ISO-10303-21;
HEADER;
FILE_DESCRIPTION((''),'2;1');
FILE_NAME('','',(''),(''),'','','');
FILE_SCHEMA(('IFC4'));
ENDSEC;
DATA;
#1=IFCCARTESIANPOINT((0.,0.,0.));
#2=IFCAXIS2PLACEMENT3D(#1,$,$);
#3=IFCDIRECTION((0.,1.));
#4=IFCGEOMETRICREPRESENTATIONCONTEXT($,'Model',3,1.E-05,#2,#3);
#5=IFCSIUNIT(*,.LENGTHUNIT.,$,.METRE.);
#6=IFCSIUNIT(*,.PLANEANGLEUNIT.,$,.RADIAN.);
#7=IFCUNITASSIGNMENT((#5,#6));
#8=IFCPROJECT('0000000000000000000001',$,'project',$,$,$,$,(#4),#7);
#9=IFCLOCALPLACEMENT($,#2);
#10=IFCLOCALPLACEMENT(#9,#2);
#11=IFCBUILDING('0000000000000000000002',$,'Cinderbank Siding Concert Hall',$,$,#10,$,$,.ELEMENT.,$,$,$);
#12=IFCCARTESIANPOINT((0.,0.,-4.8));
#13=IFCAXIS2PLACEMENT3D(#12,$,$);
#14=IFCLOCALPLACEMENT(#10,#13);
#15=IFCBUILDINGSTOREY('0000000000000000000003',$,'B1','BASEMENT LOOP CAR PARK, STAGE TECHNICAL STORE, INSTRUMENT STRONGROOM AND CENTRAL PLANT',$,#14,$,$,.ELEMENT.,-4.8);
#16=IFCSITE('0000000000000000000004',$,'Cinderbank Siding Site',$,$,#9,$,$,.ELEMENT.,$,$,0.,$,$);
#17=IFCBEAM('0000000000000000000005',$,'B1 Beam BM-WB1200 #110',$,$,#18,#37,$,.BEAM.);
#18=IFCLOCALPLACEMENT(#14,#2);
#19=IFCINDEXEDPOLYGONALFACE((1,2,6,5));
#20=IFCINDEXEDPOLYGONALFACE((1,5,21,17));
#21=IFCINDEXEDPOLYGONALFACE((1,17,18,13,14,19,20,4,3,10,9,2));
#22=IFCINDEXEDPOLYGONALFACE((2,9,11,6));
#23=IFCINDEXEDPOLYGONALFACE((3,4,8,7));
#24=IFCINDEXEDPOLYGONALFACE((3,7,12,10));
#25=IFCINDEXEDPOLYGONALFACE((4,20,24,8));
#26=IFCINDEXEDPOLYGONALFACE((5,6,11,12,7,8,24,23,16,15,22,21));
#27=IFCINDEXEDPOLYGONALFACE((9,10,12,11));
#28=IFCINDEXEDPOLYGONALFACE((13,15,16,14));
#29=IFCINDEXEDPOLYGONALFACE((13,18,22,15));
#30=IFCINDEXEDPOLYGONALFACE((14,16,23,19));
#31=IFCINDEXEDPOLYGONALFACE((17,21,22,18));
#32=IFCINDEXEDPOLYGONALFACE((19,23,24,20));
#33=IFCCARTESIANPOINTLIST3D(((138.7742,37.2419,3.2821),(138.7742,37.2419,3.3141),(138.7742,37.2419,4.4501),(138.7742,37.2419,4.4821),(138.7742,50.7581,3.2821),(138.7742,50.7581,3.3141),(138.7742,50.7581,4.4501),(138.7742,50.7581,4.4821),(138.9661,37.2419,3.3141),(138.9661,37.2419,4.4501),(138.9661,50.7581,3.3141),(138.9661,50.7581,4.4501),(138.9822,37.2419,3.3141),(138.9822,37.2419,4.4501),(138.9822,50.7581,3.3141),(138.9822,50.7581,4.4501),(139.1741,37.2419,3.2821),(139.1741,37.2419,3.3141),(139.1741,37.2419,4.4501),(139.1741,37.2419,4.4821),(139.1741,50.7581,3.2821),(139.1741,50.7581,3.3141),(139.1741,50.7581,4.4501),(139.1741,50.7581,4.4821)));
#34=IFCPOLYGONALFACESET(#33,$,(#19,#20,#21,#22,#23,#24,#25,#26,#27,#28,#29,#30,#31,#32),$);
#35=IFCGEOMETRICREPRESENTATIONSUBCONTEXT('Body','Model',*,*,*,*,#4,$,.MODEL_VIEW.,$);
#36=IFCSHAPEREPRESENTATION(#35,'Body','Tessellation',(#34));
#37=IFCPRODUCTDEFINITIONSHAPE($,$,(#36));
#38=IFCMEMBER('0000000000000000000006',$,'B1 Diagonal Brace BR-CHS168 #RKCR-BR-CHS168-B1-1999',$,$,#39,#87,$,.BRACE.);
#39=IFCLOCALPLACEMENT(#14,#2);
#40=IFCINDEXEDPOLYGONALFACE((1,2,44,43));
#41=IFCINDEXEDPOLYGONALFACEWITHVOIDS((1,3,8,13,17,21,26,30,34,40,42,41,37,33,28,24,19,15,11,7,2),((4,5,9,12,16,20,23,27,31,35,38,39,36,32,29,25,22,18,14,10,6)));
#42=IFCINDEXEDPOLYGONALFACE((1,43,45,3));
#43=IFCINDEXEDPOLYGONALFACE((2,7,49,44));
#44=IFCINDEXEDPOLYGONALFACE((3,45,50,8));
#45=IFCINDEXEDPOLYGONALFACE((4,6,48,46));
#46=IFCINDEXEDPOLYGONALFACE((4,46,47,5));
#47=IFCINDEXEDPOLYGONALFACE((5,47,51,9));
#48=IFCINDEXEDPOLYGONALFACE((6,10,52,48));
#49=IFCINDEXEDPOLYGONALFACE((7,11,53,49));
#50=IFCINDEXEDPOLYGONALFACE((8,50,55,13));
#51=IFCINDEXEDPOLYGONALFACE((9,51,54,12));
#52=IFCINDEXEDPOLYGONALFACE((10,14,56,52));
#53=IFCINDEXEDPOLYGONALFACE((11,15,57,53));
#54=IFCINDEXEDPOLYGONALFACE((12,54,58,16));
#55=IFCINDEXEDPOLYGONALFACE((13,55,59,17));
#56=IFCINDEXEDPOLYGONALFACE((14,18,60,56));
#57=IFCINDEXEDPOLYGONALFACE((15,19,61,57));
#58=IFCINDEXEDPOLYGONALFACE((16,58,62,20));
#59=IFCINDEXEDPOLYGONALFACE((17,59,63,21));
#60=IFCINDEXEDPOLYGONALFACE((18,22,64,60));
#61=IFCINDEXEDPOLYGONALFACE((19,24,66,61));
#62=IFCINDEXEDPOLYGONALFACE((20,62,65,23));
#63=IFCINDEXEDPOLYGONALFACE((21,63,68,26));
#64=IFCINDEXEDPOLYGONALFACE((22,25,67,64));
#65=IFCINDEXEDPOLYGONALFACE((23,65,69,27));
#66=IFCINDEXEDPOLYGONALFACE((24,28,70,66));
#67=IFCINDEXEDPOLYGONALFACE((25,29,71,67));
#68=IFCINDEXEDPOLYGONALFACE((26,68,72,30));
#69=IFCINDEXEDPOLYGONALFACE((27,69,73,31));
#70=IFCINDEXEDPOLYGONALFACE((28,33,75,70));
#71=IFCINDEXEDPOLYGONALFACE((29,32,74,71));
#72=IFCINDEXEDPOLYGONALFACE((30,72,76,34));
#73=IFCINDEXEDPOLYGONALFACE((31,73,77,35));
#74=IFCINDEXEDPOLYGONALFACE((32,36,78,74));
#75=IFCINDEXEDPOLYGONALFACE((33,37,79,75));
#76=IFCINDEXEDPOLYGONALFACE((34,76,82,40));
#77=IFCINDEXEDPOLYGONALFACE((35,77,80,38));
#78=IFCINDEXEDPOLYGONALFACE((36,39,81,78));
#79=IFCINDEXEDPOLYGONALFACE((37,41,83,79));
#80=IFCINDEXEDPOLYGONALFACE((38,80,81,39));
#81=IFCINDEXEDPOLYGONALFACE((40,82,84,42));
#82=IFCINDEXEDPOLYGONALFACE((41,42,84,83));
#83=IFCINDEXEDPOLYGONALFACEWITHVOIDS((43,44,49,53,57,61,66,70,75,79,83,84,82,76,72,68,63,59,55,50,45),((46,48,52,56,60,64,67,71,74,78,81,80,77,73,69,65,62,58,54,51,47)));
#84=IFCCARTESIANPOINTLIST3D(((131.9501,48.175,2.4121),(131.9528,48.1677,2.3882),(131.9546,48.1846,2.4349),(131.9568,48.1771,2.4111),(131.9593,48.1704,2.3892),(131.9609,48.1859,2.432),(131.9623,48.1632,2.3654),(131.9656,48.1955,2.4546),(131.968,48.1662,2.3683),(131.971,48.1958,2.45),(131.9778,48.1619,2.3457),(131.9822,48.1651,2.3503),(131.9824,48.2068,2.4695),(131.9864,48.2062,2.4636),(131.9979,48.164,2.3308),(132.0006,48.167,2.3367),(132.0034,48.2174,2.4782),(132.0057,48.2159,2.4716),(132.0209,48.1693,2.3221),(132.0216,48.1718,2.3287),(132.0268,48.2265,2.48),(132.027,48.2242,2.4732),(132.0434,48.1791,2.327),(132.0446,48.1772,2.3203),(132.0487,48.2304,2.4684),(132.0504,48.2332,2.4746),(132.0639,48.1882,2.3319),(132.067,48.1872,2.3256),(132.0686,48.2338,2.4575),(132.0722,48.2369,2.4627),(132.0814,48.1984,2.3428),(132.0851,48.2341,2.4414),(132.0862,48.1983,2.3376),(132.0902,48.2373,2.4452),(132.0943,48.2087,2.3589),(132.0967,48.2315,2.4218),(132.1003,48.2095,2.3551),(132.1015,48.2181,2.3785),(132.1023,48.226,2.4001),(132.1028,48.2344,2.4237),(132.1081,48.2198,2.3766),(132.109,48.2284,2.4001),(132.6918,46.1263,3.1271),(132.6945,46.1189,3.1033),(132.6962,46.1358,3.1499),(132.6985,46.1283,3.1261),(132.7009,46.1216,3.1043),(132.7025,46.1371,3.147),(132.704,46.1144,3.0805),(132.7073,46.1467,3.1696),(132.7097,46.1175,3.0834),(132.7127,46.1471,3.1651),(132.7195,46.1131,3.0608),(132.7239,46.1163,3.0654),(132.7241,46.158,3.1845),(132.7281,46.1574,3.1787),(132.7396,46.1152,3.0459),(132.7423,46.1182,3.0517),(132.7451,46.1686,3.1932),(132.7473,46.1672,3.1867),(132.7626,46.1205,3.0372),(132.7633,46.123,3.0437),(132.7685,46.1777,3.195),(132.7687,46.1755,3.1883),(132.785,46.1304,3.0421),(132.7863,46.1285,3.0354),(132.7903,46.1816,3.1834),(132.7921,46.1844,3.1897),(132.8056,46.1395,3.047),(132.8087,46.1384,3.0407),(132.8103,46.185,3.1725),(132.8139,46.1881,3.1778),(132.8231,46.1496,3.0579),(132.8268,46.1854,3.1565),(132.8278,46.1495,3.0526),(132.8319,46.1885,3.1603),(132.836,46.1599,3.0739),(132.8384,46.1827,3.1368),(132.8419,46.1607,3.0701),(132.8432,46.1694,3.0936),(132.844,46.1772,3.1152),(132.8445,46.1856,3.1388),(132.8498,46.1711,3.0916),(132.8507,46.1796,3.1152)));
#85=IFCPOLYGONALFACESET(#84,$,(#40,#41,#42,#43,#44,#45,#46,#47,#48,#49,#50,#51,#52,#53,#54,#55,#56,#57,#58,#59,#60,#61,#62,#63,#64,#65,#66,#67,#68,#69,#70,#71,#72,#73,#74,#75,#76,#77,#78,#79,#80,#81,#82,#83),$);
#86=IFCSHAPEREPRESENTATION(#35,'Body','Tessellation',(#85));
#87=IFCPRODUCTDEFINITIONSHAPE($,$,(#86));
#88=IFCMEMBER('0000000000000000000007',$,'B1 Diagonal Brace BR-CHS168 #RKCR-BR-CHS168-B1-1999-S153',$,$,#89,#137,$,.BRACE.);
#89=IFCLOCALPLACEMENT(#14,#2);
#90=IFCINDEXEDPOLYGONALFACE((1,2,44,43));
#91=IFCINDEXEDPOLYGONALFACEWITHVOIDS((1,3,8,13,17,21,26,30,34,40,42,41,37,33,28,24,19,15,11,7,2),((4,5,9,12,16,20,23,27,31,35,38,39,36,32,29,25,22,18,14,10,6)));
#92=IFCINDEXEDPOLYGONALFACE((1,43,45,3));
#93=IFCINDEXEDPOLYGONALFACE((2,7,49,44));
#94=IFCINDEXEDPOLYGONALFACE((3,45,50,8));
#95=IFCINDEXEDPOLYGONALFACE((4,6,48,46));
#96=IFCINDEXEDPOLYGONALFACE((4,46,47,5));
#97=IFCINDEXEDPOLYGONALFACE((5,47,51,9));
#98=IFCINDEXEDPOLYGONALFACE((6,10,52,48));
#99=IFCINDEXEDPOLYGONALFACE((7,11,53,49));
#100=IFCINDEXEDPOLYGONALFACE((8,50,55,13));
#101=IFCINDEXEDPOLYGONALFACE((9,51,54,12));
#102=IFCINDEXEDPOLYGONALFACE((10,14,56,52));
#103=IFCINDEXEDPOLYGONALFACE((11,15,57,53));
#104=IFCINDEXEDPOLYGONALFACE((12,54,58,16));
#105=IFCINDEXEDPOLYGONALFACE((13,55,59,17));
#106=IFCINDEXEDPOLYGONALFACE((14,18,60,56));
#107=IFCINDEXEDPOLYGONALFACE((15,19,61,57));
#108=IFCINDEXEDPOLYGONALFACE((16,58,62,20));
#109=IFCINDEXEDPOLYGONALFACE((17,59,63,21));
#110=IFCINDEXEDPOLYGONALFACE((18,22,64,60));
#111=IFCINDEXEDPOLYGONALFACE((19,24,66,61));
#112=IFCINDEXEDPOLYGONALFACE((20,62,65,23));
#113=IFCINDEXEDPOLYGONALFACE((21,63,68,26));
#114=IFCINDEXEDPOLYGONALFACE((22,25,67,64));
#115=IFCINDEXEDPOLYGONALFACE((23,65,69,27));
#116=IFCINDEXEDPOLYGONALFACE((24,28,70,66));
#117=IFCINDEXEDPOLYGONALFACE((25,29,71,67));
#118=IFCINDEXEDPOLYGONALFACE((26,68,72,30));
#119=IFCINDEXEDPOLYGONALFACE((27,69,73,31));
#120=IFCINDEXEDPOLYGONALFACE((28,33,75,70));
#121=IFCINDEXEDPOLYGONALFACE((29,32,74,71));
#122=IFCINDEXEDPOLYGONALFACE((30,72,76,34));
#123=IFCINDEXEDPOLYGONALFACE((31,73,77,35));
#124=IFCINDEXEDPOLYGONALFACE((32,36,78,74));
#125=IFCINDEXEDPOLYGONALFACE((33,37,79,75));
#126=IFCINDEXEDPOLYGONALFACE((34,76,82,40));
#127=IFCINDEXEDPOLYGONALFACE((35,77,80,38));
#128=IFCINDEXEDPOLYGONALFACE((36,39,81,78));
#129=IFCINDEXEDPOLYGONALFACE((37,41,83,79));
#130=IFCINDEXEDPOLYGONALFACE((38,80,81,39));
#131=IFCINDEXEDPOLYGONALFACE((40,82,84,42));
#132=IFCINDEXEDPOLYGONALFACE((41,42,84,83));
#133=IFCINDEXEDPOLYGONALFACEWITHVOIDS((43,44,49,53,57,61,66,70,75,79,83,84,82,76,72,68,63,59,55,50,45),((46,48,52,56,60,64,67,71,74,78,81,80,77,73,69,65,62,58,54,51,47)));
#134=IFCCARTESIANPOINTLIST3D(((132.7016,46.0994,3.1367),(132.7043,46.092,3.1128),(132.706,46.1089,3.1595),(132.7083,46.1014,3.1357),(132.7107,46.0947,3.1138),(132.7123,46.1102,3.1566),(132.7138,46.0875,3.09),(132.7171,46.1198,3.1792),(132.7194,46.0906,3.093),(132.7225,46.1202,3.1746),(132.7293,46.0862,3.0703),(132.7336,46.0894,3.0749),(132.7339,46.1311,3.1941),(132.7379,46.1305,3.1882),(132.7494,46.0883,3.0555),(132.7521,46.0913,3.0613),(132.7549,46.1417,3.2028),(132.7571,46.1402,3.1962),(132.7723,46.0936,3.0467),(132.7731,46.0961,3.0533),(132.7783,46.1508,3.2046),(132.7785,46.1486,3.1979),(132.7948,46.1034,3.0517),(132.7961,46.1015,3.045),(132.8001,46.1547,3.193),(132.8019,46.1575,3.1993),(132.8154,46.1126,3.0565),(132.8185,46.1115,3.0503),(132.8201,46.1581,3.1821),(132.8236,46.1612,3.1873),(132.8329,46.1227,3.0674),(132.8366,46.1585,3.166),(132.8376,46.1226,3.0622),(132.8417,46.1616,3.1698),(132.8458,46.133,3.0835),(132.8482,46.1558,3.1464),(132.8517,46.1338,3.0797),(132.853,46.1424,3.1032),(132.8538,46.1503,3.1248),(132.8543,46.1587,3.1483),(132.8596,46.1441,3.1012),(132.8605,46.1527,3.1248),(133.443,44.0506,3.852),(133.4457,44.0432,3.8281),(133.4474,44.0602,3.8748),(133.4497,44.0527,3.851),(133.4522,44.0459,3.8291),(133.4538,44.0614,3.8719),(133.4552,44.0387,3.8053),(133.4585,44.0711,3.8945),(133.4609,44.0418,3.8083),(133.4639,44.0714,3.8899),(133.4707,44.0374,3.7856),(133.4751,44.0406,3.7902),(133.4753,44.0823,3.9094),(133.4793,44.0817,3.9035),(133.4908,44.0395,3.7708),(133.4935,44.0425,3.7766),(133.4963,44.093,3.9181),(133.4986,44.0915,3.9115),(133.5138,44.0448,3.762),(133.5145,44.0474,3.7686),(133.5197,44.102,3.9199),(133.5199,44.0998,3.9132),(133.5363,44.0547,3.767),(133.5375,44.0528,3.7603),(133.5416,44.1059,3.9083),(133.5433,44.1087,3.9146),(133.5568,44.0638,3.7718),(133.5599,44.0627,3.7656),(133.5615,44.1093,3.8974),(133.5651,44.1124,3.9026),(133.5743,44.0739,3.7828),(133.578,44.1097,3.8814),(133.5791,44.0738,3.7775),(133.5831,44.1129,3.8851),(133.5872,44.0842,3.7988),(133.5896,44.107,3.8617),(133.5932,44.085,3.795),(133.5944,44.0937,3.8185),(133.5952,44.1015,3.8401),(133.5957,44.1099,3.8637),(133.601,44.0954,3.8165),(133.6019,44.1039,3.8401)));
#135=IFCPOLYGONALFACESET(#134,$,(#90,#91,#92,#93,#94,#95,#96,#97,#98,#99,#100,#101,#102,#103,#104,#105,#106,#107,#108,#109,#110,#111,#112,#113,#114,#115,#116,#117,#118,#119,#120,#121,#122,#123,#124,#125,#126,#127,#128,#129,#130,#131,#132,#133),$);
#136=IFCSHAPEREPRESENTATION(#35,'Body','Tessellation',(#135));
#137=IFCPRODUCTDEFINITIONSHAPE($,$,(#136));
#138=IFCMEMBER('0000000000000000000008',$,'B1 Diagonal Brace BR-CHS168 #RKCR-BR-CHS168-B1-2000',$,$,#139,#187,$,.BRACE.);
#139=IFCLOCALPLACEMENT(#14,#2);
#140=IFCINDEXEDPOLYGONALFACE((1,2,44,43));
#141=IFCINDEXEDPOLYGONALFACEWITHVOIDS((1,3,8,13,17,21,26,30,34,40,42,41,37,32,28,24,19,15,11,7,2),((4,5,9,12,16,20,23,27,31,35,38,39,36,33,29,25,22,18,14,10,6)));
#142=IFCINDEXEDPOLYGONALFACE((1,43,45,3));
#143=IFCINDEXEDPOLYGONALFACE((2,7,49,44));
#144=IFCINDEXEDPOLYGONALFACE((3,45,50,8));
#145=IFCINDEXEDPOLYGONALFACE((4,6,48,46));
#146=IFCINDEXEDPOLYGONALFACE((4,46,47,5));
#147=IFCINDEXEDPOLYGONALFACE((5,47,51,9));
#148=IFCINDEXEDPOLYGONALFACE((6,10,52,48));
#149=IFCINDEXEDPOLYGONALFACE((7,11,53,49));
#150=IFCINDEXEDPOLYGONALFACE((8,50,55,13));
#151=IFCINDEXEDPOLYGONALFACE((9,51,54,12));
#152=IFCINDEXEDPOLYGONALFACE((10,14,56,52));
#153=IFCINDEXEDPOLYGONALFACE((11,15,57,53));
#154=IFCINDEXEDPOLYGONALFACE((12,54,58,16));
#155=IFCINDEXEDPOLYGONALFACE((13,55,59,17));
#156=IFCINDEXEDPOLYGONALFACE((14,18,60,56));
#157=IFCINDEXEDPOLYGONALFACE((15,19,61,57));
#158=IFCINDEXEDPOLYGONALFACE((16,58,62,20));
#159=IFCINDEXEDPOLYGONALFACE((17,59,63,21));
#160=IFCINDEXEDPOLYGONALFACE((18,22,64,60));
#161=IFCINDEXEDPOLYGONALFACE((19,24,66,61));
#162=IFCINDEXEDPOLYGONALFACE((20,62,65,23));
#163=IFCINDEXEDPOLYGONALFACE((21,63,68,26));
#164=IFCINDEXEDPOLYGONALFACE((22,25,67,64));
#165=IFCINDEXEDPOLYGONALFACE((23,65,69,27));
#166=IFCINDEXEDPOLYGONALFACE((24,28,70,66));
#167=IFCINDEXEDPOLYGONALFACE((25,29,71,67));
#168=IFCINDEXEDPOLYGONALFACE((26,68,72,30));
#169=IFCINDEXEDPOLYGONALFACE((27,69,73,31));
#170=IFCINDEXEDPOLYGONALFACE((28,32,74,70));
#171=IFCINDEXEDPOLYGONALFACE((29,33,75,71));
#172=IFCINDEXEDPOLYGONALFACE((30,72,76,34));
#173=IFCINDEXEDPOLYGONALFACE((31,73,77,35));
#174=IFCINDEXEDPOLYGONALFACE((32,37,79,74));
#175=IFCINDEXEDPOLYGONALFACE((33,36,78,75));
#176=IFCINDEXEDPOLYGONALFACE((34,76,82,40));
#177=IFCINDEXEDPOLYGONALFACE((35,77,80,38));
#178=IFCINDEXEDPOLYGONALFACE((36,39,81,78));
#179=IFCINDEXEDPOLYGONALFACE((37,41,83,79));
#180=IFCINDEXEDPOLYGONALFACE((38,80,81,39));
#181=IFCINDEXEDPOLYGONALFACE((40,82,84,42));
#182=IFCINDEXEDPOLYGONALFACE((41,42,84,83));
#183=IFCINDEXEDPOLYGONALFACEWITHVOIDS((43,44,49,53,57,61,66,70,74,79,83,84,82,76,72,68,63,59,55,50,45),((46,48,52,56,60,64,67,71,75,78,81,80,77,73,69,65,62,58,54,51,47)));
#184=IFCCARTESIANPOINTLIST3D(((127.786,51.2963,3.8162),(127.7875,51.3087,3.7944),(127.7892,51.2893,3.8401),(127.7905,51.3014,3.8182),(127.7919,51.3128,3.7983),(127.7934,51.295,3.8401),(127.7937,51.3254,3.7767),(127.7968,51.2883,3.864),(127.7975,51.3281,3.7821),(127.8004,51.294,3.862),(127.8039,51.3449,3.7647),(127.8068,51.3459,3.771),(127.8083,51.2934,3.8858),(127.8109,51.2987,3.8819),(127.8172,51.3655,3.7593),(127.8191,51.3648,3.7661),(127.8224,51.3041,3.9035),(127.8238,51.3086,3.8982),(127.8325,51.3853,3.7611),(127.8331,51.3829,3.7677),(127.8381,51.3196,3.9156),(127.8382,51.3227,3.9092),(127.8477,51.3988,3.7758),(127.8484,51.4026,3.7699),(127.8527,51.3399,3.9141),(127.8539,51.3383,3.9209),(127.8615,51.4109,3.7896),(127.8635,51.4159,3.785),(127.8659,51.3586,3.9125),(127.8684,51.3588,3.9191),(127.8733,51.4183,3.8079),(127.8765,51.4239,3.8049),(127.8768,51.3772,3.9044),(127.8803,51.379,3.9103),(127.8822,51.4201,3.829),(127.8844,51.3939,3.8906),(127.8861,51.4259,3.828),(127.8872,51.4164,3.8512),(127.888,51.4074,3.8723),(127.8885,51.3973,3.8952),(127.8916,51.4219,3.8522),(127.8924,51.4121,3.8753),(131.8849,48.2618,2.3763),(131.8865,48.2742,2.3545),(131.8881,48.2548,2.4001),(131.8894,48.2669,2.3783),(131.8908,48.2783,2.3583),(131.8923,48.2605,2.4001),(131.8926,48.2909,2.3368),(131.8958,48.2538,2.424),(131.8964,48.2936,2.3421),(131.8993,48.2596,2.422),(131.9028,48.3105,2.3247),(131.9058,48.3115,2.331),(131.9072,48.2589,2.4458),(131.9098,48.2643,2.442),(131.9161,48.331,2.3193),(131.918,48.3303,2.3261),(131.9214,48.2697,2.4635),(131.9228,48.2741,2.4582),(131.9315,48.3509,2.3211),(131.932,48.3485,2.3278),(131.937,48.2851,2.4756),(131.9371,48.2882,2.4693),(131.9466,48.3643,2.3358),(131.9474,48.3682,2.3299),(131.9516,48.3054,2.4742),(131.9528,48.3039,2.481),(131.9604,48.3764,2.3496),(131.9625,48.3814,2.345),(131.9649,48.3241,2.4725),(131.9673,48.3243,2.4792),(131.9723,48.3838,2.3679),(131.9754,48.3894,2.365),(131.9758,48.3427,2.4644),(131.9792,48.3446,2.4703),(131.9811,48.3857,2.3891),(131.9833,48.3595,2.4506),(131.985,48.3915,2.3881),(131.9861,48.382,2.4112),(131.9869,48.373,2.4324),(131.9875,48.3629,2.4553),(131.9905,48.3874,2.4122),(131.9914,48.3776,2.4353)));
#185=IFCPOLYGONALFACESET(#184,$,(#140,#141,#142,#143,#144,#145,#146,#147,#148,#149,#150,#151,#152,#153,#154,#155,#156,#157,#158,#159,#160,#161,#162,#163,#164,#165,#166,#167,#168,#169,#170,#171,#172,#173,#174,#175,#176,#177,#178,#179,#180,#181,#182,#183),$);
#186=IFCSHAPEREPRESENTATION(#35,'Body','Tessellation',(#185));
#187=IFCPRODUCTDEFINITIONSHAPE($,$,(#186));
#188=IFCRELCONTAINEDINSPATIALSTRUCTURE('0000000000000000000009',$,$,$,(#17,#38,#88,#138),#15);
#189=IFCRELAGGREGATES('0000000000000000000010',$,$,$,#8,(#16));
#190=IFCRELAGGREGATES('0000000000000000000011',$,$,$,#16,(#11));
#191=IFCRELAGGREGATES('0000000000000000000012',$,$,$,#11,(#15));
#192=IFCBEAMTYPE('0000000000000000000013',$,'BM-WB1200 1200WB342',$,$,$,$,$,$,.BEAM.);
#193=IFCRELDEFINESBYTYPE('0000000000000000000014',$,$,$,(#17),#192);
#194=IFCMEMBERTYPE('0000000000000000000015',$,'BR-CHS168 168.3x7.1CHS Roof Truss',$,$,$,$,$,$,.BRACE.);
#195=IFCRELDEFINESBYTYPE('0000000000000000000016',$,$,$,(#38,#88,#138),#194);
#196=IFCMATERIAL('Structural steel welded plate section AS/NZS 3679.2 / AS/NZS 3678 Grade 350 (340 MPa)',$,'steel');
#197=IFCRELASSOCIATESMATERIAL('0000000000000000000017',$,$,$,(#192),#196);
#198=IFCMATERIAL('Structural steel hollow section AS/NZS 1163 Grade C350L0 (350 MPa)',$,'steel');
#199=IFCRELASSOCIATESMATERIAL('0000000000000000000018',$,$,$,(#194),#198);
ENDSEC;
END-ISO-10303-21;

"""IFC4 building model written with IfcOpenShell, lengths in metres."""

from ifc_helpers import new_model, si_unit, direction, frame, origin, origin_2d, place, context, subcontext, project, spatial, hollow_circle, i_section, extrude, material, material_profile, profile_set, type_object, element, save


model = new_model("IFC4")

# Units and contexts
model_context = context("Model", 3, precision=1e-05, world=origin(), true_north=direction((0.0, 1.0)))
body_context = subcontext(model_context, "Body", "Model", "MODEL_VIEW")
ifc_project = project(units=[si_unit("LENGTHUNIT", "METRE"), si_unit("PLANEANGLEUNIT", "RADIAN")], contexts=[model_context])

# Site, building, storey
site_placement = place(None, origin())
site = spatial("IfcSite", under=ifc_project, at=site_placement, Name="Cinderbank Siding Site", CompositionType="ELEMENT", RefElevation=0.0)
building_placement = place(site_placement, origin())
building = spatial("IfcBuilding", under=site, at=building_placement, Name="Cinderbank Siding Concert Hall", CompositionType="ELEMENT")
storey_placement = place(building_placement, frame((0.0, 0.0, -4.8)))
storey = spatial("IfcBuildingStorey", under=building, at=storey_placement, Name="B1", Description="BASEMENT LOOP CAR PARK, STAGE TECHNICAL STORE, INSTRUMENT STRONGROOM AND CENTRAL PLANT", CompositionType="ELEMENT", Elevation=-4.8)

# Beam
ifc_material_1 = material(Name="Structural steel welded plate section AS/NZS 3679.2 / AS/NZS 3678 Grade 350 (340 MPa)", Category="steel")
ifc_material_profile_1 = material_profile(ifc_material_1, i_section(OverallWidth=0.3999, OverallDepth=1.2, WebThickness=0.0161, FlangeThickness=0.032, at=origin_2d()), Name="1200WB342", Category="LoadBearing")
ifc_profile_set_1 = profile_set([ifc_material_profile_1], Name="Structural steel welded plate section AS/NZS 3679.2 / AS/NZS 3678 Grade 350 (340 MPa)")
beam_type_1 = type_object("IfcBeamType", Name="BM-WB1200 1200WB342", PredefinedType="BEAM", material=ifc_profile_set_1)
beam_1_placement = place(storey_placement, frame((138.9741, 50.7581, 3.8821), z_axis=(0.0, -1.0, 0.0), x_axis=(1.0, 0.0, 0.0)))
element("IfcBeam", 1, at=beam_1_placement, inside=storey, type_object=beam_type_1, Name="B1 Beam BM-WB1200 #110", PredefinedType="BEAM", context=body_context, shape_type="SweptSolid", body=[
    extrude(i_section(OverallWidth=0.3999, OverallDepth=1.2, WebThickness=0.0161, FlangeThickness=0.032, at=origin_2d()), origin(), (0.0, 0.0, 1.0), 13.5161),
])

# Members
ifc_material_2 = material(Name="Structural steel hollow section AS/NZS 1163 Grade C350L0 (350 MPa)", Category="steel")
ifc_material_profile_2 = material_profile(ifc_material_2, hollow_circle(Radius=0.0842, WallThickness=0.0071, at=origin_2d()), Name="168.3x7.1CHS", Category="LoadBearing")
ifc_profile_set_2 = profile_set([ifc_material_profile_2], Name="Structural steel hollow section AS/NZS 1163 Grade C350L0 (350 MPa)")
member_type_1 = type_object("IfcMemberType", Name="BR-CHS168 168.3x7.1CHS Roof Truss", PredefinedType="BRACE", material=ifc_profile_set_2)
for number, where, z_axis, x_axis, name in (
    (2, (132.0298, 48.1997, 2.4001), (0.323422, -0.893402, 0.311818), (0.940283, 0.340393, 0.0), "B1 Diagonal Brace BR-CHS168 #RKCR-BR-CHS168-B1-1999"),
    (3, (132.7812, 46.124, 3.1248), (0.323316, -0.893404, 0.311925), (0.940319, 0.340294, 0.0), "B1 Diagonal Brace BR-CHS168 #RKCR-BR-CHS168-B1-1999-S153"),
):
    element("IfcMember", number, at=place(storey_placement, frame(where, z_axis=z_axis, x_axis=x_axis)), inside=storey, type_object=member_type_1, Name=name, PredefinedType="BRACE", context=body_context, shape_type="SweptSolid", body=[
        extrude(hollow_circle(Radius=0.0842, WallThickness=0.0071, at=origin_2d()), origin(), (0.0, 0.0, 1.0), 2.2932),
    ])
member_1_placement = place(storey_placement, frame((131.9382, 48.3225, 2.4001), z_axis=(-0.773484, 0.572615, 0.271726), x_axis=(-0.595002, -0.803724, 0.0)))
element("IfcMember", 4, at=member_1_placement, inside=storey, type_object=member_type_1, Name="B1 Diagonal Brace BR-CHS168 #RKCR-BR-CHS168-B1-2000", PredefinedType="BRACE", context=body_context, shape_type="SweptSolid", body=[
    extrude(hollow_circle(Radius=0.0842, WallThickness=0.0071, at=origin_2d()), origin(), (0.0, 0.0, 1.0), 5.2993),
])

save(model, "model.ifc")
